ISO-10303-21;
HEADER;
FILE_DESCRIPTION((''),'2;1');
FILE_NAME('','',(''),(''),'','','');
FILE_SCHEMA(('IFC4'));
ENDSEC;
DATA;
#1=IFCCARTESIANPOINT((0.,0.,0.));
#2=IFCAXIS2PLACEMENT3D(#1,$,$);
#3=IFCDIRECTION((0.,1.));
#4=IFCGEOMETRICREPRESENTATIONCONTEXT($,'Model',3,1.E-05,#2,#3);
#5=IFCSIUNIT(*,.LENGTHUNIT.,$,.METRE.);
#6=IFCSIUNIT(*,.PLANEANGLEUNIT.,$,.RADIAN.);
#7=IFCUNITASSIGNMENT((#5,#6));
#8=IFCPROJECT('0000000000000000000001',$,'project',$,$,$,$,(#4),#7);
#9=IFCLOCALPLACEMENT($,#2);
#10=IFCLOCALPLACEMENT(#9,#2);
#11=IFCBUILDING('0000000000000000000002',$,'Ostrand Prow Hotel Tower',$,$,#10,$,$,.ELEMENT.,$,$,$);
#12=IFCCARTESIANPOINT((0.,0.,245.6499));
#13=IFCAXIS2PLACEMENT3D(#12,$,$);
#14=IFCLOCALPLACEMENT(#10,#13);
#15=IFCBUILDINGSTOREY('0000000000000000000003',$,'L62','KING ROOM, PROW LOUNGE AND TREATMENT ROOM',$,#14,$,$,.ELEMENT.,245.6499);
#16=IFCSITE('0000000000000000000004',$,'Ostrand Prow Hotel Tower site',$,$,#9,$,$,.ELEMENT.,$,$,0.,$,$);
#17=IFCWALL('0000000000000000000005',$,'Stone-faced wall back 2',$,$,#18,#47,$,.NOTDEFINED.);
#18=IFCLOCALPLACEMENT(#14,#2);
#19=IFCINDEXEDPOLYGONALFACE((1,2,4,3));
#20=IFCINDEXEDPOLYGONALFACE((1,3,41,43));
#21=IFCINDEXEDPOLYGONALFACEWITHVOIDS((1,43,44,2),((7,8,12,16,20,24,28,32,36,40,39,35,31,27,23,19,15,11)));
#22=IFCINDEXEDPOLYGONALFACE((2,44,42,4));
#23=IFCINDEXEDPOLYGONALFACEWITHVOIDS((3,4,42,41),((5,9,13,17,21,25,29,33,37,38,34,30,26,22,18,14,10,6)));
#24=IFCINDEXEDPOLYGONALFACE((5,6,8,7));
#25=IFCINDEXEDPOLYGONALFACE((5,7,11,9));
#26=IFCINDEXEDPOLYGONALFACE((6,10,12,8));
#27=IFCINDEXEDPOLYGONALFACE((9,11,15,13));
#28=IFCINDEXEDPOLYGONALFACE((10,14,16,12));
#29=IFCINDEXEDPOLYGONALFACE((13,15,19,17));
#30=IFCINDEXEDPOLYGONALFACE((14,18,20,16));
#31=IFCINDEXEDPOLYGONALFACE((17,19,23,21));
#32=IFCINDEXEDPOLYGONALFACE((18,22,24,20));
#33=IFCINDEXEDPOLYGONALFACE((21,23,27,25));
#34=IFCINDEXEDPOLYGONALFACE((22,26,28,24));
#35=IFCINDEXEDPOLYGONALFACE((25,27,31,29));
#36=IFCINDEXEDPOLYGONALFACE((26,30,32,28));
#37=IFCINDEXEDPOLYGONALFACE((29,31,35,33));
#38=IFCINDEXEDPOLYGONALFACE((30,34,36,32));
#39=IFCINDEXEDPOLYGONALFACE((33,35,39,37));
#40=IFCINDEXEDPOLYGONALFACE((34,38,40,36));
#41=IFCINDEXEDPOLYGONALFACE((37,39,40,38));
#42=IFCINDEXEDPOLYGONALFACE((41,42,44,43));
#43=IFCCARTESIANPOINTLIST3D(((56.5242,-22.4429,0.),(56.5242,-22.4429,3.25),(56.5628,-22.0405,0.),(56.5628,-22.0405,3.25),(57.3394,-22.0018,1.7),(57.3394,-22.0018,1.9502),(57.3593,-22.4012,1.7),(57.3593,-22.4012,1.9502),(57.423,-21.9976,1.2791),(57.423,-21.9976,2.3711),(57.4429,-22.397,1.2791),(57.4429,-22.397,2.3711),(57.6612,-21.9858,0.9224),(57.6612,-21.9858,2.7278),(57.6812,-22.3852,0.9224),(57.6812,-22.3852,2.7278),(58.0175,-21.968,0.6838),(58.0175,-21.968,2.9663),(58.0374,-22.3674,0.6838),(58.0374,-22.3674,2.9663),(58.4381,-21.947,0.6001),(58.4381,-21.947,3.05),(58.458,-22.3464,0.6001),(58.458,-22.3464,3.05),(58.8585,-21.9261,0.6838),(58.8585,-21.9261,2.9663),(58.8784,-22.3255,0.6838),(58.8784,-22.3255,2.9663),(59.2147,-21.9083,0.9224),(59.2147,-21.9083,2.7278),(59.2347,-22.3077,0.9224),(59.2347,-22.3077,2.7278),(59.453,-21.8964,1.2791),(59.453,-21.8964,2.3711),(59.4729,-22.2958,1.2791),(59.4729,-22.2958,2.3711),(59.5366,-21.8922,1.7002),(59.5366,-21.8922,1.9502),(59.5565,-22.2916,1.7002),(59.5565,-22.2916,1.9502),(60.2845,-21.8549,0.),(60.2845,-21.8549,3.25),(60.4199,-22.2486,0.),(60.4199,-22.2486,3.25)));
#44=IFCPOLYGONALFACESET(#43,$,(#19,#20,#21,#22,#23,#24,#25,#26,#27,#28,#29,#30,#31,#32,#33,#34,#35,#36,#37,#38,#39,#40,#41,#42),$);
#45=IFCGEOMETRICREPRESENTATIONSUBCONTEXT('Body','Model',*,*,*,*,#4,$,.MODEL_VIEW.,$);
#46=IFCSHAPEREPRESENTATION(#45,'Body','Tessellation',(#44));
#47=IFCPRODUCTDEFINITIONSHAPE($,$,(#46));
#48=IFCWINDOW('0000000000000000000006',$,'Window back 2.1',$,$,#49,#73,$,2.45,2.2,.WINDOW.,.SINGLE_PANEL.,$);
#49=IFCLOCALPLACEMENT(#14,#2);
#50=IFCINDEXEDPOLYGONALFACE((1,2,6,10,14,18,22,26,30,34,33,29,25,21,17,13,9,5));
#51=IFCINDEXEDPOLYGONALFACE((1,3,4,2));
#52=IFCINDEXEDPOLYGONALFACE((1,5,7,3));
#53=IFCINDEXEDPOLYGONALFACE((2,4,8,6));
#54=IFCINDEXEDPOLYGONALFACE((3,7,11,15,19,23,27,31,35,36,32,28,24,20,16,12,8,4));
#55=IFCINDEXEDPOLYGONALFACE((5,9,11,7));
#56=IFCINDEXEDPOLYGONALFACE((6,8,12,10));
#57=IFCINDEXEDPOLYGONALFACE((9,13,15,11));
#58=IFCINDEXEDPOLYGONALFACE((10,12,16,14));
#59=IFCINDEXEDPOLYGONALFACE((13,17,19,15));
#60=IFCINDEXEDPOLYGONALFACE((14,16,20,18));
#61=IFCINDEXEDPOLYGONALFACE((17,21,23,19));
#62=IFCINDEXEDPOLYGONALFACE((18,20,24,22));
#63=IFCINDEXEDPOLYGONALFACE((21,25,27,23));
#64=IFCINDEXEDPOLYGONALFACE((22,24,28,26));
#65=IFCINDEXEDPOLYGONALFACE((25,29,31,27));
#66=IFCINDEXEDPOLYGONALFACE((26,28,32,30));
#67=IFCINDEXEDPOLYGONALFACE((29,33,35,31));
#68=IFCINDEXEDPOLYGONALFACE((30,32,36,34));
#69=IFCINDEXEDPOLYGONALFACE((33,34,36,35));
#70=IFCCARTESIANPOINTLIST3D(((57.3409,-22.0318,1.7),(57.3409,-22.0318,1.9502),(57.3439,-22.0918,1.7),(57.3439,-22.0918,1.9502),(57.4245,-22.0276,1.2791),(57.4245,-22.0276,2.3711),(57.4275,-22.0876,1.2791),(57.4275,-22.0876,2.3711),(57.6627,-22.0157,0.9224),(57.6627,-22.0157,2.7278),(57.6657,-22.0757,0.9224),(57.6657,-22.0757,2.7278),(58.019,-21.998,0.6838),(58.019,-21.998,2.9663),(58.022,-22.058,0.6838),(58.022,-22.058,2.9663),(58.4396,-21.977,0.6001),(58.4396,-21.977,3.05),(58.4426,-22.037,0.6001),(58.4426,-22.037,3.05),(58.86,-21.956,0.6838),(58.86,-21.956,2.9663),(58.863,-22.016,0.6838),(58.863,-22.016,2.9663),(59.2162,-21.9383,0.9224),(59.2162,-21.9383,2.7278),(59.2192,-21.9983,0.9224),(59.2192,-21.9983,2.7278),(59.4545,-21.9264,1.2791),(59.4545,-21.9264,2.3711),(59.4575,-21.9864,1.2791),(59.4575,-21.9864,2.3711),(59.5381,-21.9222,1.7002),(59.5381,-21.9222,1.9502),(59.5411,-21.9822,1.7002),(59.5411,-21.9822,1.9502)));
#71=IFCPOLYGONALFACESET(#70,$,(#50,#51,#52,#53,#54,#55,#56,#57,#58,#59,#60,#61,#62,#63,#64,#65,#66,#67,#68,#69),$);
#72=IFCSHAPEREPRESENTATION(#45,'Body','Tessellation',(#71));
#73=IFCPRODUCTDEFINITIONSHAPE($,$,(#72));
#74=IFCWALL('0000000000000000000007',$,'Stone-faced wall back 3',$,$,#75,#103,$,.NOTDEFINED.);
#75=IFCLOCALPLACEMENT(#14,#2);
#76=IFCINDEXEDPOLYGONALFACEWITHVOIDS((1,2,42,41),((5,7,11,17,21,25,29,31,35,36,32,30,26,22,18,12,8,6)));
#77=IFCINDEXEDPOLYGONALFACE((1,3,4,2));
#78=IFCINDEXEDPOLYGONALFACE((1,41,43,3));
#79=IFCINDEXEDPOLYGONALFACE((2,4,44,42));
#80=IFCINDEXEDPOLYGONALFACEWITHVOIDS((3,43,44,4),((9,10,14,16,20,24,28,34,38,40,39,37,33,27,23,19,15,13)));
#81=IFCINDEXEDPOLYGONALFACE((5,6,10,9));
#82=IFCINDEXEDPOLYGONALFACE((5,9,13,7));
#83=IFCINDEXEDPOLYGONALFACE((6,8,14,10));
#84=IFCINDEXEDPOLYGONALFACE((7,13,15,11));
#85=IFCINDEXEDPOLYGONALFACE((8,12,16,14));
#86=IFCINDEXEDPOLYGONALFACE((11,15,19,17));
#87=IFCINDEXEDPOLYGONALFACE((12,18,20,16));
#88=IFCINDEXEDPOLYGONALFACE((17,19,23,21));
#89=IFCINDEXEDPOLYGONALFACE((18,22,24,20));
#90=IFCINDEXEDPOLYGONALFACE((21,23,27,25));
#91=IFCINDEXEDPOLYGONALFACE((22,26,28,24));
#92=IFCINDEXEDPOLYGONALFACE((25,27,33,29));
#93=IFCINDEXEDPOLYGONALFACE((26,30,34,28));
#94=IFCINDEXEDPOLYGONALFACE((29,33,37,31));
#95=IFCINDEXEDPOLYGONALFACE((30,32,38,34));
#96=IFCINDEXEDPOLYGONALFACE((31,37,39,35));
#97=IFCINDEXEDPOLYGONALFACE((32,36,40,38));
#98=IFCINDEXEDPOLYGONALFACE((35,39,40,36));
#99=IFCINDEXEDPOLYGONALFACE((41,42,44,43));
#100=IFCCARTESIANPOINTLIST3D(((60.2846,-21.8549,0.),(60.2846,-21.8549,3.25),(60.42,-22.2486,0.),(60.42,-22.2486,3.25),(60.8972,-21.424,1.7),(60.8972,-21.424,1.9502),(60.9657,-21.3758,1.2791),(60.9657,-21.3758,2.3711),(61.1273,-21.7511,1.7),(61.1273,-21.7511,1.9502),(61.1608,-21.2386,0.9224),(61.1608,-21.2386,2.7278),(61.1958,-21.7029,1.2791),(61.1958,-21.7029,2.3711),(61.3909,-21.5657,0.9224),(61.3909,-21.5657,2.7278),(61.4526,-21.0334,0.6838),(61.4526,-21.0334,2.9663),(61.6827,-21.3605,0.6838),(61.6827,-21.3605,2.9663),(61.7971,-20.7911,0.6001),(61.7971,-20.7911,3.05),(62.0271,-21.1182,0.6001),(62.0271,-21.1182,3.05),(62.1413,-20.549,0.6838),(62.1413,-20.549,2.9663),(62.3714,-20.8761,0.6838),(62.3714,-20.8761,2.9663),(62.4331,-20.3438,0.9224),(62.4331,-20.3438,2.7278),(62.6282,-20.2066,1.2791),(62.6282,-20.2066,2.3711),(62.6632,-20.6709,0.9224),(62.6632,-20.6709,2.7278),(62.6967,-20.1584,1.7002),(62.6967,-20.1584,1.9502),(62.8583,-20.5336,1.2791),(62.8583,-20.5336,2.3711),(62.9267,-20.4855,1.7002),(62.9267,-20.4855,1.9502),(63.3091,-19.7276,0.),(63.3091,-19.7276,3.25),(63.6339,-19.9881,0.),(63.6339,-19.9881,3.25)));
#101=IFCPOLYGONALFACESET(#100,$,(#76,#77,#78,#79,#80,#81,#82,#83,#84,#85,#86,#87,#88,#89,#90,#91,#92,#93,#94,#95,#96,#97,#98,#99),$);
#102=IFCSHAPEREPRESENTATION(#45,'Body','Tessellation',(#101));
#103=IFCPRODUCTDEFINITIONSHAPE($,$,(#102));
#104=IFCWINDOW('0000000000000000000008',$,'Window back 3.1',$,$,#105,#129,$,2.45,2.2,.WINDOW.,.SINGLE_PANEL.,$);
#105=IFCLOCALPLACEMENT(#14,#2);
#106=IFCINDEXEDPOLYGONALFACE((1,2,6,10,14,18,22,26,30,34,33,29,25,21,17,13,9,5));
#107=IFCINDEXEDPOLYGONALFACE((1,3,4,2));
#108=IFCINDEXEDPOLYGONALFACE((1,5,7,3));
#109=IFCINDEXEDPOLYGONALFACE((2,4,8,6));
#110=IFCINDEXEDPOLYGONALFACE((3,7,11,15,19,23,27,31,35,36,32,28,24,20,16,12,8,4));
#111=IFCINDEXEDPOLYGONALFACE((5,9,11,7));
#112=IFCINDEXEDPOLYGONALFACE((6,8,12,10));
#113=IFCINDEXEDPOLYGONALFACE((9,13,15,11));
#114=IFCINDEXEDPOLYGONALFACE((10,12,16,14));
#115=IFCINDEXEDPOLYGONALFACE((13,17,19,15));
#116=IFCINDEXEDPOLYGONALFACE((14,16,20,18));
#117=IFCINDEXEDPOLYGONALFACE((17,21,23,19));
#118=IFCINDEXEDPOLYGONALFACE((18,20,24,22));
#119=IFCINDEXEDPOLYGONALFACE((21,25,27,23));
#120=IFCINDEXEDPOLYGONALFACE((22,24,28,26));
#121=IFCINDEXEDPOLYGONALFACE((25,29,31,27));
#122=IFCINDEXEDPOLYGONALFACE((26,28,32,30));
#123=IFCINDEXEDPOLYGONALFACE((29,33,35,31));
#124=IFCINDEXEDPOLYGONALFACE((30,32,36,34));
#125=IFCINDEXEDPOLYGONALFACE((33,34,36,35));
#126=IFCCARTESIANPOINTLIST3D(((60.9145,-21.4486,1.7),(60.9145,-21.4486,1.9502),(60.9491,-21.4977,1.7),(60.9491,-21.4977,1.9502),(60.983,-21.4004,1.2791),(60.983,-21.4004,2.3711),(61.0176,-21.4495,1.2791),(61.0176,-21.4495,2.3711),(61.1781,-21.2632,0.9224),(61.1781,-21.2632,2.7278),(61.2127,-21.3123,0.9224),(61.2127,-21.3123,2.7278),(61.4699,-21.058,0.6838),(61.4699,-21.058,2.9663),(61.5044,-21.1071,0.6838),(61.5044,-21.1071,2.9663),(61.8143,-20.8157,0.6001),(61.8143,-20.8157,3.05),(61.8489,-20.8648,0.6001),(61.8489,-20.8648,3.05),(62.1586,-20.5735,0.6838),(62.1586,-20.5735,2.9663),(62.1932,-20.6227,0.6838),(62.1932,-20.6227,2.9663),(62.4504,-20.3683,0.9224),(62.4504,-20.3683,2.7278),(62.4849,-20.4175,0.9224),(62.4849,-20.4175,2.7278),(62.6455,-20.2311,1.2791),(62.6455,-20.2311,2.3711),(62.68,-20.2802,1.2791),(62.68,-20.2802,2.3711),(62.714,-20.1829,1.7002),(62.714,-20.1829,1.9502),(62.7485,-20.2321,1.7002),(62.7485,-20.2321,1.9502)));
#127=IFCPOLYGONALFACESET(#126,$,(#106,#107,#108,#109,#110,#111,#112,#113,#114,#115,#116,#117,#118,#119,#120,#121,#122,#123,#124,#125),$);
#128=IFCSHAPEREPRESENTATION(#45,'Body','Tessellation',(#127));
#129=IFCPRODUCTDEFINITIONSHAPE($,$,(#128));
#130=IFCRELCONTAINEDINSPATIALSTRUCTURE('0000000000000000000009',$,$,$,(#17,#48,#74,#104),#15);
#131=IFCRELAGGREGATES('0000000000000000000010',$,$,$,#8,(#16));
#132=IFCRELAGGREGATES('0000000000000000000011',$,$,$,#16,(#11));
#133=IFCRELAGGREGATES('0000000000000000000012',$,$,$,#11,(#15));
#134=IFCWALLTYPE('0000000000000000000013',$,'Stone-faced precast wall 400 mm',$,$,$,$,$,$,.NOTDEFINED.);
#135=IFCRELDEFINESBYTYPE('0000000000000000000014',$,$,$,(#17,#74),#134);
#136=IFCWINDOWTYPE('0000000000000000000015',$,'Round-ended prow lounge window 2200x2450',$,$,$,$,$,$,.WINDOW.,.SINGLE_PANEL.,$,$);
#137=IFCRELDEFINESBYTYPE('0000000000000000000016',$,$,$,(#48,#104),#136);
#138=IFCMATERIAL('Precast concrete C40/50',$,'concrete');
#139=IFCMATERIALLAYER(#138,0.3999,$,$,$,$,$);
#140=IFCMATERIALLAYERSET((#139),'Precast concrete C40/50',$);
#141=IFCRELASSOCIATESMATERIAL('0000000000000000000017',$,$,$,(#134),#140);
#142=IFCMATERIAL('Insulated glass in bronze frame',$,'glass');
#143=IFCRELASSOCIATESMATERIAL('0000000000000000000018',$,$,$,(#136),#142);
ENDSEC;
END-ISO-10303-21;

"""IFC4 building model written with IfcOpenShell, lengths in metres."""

from ifc_helpers import new_model, si_unit, direction, frame, origin, place, context, subcontext, project, spatial, polyline, outline, extrude, material, layer, layer_set, type_object, element, fill, save


model = new_model("IFC4")

# Units and contexts
model_context = context("Model", 3, precision=1e-05, world=origin(), true_north=direction((0.0, 1.0)))
body_context = subcontext(model_context, "Body", "Model", "MODEL_VIEW")
ifc_project = project(units=[si_unit("LENGTHUNIT", "METRE"), si_unit("PLANEANGLEUNIT", "RADIAN")], contexts=[model_context])

# Site, building, storey
site_placement = place(None, origin())
site = spatial("IfcSite", under=ifc_project, at=site_placement, Name="Ostrand Prow Hotel Tower site", CompositionType="ELEMENT", RefElevation=0.0)
building_placement = place(site_placement, origin())
building = spatial("IfcBuilding", under=site, at=building_placement, Name="Ostrand Prow Hotel Tower", CompositionType="ELEMENT")
storey_placement = place(building_placement, frame((0.0, 0.0, 245.6499)))
storey = spatial("IfcBuildingStorey", under=building, at=storey_placement, Name="L62", Description="KING ROOM, PROW LOUNGE AND TREATMENT ROOM", CompositionType="ELEMENT", Elevation=245.6499)

# Walls, openings, windows
ifc_material_1 = material(Name="Precast concrete C40/50", Category="concrete")
ifc_layer_1 = layer(ifc_material_1, 0.3999)
ifc_layer_set_1 = layer_set([ifc_layer_1], Name="Precast concrete C40/50")
wall_type_1 = type_object("IfcWallType", Name="Stone-faced precast wall 400 mm", PredefinedType="NOTDEFINED", material=ifc_layer_set_1)
wall_1_placement = place(storey_placement, frame((56.5435, -22.2417, 0.0), z_axis=(0.0, 0.0, 1.0), x_axis=(0.998759, 0.049807, 0.0)))
wall_1 = element("IfcWall", 1, at=wall_1_placement, inside=storey, type_object=wall_type_1, Name="Stone-faced wall back 2", PredefinedType="NOTDEFINED", context=body_context, shape_type="SweptSolid", body=[
    extrude(outline(polyline([(-0.0293, -0.2), (3.8713, -0.2), (3.7556, 0.2), (0.0293, 0.2), (-0.0293, -0.2)])), origin(), (0.0, 0.0, 1.0), 3.25),
])
opening_1_placement = place(wall_1_placement, frame((0.8069, 0.0, 0.6001)))
opening_1 = element("IfcOpeningElement", 2, at=opening_1_placement, cuts=wall_1, PredefinedType="OPENING", context=body_context, shape_type="SweptSolid", body=[
    extrude(outline(polyline([(0.0, 1.3501), (0.0837, 1.771), (0.3223, 2.1277), (0.679, 2.3662), (1.1001, 2.45), (1.521, 2.3662), (1.8777, 2.1277), (2.1162, 1.771), (2.2, 1.3501), (2.2, 1.1001), (2.1162, 0.679), (1.8777, 0.3223), (1.521, 0.0837), (1.1001, 0.0), (0.679, 0.0837), (0.3223, 0.3223), (0.0837, 0.679), (0.0, 1.0999), (0.0, 1.3501)])), frame((0.0, 0.21, 0.0), z_axis=(0.0, -1.0, 0.0), x_axis=(1.0, 0.0, 0.0)), (0.0, 0.0, 1.0), 0.4199),
])
ifc_material_2 = material(Name="Insulated glass in bronze frame", Category="glass")
window_type_1 = type_object("IfcWindowType", Name="Round-ended prow lounge window 2200x2450", PartitioningType="SINGLE_PANEL", PredefinedType="WINDOW", material=ifc_material_2)
window_1_placement = place(opening_1_placement, origin())
window_1 = element("IfcWindow", 3, at=window_1_placement, inside=storey, type_object=window_type_1, Name="Window back 2.1", OverallHeight=2.45, OverallWidth=2.2, PartitioningType="SINGLE_PANEL", PredefinedType="WINDOW", context=body_context, shape_type="SweptSolid", body=[
    extrude(outline(polyline([(0.0, 1.3501), (0.0837, 1.771), (0.3223, 2.1277), (0.679, 2.3662), (1.1001, 2.45), (1.521, 2.3662), (1.8777, 2.1277), (2.1162, 1.771), (2.2, 1.3501), (2.2, 1.1001), (2.1162, 0.679), (1.8777, 0.3223), (1.521, 0.0837), (1.1001, 0.0), (0.679, 0.0837), (0.3223, 0.3223), (0.0837, 0.679), (0.0, 1.0999), (0.0, 1.3501)])), frame((0.0, 0.1699, 0.0), z_axis=(0.0, -1.0, 0.0), x_axis=(1.0, 0.0, 0.0)), (0.0, 0.0, 1.0), 0.0601),
])
fill(opening_1, window_1)
wall_2_placement = place(storey_placement, frame((60.3523, -22.0518, 0.0), z_axis=(0.0, 0.0, 1.0), x_axis=(0.817943, 0.5753, 0.0)))
wall_2 = element("IfcWall", 4, at=wall_2_placement, inside=storey, type_object=wall_type_1, Name="Stone-faced wall back 3", PredefinedType="NOTDEFINED", context=body_context, shape_type="SweptSolid", body=[
    extrude(outline(polyline([(-0.0579, -0.2), (3.8713, -0.2), (3.7556, 0.2), (0.0579, 0.2), (-0.0579, -0.2)])), origin(), (0.0, 0.0, 1.0), 3.25),
])
opening_2_placement = place(wall_2_placement, frame((0.8069, 0.0, 0.6001)))
opening_2 = element("IfcOpeningElement", 5, at=opening_2_placement, cuts=wall_2, PredefinedType="OPENING", context=body_context, shape_type="SweptSolid", body=[
    extrude(outline(polyline([(0.0, 1.3501), (0.0837, 1.771), (0.3223, 2.1277), (0.679, 2.3662), (1.1001, 2.45), (1.521, 2.3662), (1.8777, 2.1277), (2.1162, 1.771), (2.2, 1.3501), (2.2, 1.1001), (2.1162, 0.679), (1.8777, 0.3223), (1.521, 0.0837), (1.1001, 0.0), (0.679, 0.0837), (0.3223, 0.3223), (0.0837, 0.679), (0.0, 1.0999), (0.0, 1.3501)])), frame((0.0, 0.21, 0.0), z_axis=(0.0, -1.0, 0.0), x_axis=(1.0, 0.0, 0.0)), (0.0, 0.0, 1.0), 0.4199),
])
window_2_placement = place(opening_2_placement, origin())
window_2 = element("IfcWindow", 6, at=window_2_placement, inside=storey, type_object=window_type_1, Name="Window back 3.1", OverallHeight=2.45, OverallWidth=2.2, PartitioningType="SINGLE_PANEL", PredefinedType="WINDOW", context=body_context, shape_type="SweptSolid", body=[
    extrude(outline(polyline([(0.0, 1.3501), (0.0837, 1.771), (0.3223, 2.1277), (0.679, 2.3662), (1.1001, 2.45), (1.521, 2.3662), (1.8777, 2.1277), (2.1162, 1.771), (2.2, 1.3501), (2.2, 1.1001), (2.1162, 0.679), (1.8777, 0.3223), (1.521, 0.0837), (1.1001, 0.0), (0.679, 0.0837), (0.3223, 0.3223), (0.0837, 0.679), (0.0, 1.0999), (0.0, 1.3501)])), frame((0.0, 0.1699, 0.0), z_axis=(0.0, -1.0, 0.0), x_axis=(1.0, 0.0, 0.0)), (0.0, 0.0, 1.0), 0.0601),
])
fill(opening_2, window_2)

save(model, "model.ifc")
